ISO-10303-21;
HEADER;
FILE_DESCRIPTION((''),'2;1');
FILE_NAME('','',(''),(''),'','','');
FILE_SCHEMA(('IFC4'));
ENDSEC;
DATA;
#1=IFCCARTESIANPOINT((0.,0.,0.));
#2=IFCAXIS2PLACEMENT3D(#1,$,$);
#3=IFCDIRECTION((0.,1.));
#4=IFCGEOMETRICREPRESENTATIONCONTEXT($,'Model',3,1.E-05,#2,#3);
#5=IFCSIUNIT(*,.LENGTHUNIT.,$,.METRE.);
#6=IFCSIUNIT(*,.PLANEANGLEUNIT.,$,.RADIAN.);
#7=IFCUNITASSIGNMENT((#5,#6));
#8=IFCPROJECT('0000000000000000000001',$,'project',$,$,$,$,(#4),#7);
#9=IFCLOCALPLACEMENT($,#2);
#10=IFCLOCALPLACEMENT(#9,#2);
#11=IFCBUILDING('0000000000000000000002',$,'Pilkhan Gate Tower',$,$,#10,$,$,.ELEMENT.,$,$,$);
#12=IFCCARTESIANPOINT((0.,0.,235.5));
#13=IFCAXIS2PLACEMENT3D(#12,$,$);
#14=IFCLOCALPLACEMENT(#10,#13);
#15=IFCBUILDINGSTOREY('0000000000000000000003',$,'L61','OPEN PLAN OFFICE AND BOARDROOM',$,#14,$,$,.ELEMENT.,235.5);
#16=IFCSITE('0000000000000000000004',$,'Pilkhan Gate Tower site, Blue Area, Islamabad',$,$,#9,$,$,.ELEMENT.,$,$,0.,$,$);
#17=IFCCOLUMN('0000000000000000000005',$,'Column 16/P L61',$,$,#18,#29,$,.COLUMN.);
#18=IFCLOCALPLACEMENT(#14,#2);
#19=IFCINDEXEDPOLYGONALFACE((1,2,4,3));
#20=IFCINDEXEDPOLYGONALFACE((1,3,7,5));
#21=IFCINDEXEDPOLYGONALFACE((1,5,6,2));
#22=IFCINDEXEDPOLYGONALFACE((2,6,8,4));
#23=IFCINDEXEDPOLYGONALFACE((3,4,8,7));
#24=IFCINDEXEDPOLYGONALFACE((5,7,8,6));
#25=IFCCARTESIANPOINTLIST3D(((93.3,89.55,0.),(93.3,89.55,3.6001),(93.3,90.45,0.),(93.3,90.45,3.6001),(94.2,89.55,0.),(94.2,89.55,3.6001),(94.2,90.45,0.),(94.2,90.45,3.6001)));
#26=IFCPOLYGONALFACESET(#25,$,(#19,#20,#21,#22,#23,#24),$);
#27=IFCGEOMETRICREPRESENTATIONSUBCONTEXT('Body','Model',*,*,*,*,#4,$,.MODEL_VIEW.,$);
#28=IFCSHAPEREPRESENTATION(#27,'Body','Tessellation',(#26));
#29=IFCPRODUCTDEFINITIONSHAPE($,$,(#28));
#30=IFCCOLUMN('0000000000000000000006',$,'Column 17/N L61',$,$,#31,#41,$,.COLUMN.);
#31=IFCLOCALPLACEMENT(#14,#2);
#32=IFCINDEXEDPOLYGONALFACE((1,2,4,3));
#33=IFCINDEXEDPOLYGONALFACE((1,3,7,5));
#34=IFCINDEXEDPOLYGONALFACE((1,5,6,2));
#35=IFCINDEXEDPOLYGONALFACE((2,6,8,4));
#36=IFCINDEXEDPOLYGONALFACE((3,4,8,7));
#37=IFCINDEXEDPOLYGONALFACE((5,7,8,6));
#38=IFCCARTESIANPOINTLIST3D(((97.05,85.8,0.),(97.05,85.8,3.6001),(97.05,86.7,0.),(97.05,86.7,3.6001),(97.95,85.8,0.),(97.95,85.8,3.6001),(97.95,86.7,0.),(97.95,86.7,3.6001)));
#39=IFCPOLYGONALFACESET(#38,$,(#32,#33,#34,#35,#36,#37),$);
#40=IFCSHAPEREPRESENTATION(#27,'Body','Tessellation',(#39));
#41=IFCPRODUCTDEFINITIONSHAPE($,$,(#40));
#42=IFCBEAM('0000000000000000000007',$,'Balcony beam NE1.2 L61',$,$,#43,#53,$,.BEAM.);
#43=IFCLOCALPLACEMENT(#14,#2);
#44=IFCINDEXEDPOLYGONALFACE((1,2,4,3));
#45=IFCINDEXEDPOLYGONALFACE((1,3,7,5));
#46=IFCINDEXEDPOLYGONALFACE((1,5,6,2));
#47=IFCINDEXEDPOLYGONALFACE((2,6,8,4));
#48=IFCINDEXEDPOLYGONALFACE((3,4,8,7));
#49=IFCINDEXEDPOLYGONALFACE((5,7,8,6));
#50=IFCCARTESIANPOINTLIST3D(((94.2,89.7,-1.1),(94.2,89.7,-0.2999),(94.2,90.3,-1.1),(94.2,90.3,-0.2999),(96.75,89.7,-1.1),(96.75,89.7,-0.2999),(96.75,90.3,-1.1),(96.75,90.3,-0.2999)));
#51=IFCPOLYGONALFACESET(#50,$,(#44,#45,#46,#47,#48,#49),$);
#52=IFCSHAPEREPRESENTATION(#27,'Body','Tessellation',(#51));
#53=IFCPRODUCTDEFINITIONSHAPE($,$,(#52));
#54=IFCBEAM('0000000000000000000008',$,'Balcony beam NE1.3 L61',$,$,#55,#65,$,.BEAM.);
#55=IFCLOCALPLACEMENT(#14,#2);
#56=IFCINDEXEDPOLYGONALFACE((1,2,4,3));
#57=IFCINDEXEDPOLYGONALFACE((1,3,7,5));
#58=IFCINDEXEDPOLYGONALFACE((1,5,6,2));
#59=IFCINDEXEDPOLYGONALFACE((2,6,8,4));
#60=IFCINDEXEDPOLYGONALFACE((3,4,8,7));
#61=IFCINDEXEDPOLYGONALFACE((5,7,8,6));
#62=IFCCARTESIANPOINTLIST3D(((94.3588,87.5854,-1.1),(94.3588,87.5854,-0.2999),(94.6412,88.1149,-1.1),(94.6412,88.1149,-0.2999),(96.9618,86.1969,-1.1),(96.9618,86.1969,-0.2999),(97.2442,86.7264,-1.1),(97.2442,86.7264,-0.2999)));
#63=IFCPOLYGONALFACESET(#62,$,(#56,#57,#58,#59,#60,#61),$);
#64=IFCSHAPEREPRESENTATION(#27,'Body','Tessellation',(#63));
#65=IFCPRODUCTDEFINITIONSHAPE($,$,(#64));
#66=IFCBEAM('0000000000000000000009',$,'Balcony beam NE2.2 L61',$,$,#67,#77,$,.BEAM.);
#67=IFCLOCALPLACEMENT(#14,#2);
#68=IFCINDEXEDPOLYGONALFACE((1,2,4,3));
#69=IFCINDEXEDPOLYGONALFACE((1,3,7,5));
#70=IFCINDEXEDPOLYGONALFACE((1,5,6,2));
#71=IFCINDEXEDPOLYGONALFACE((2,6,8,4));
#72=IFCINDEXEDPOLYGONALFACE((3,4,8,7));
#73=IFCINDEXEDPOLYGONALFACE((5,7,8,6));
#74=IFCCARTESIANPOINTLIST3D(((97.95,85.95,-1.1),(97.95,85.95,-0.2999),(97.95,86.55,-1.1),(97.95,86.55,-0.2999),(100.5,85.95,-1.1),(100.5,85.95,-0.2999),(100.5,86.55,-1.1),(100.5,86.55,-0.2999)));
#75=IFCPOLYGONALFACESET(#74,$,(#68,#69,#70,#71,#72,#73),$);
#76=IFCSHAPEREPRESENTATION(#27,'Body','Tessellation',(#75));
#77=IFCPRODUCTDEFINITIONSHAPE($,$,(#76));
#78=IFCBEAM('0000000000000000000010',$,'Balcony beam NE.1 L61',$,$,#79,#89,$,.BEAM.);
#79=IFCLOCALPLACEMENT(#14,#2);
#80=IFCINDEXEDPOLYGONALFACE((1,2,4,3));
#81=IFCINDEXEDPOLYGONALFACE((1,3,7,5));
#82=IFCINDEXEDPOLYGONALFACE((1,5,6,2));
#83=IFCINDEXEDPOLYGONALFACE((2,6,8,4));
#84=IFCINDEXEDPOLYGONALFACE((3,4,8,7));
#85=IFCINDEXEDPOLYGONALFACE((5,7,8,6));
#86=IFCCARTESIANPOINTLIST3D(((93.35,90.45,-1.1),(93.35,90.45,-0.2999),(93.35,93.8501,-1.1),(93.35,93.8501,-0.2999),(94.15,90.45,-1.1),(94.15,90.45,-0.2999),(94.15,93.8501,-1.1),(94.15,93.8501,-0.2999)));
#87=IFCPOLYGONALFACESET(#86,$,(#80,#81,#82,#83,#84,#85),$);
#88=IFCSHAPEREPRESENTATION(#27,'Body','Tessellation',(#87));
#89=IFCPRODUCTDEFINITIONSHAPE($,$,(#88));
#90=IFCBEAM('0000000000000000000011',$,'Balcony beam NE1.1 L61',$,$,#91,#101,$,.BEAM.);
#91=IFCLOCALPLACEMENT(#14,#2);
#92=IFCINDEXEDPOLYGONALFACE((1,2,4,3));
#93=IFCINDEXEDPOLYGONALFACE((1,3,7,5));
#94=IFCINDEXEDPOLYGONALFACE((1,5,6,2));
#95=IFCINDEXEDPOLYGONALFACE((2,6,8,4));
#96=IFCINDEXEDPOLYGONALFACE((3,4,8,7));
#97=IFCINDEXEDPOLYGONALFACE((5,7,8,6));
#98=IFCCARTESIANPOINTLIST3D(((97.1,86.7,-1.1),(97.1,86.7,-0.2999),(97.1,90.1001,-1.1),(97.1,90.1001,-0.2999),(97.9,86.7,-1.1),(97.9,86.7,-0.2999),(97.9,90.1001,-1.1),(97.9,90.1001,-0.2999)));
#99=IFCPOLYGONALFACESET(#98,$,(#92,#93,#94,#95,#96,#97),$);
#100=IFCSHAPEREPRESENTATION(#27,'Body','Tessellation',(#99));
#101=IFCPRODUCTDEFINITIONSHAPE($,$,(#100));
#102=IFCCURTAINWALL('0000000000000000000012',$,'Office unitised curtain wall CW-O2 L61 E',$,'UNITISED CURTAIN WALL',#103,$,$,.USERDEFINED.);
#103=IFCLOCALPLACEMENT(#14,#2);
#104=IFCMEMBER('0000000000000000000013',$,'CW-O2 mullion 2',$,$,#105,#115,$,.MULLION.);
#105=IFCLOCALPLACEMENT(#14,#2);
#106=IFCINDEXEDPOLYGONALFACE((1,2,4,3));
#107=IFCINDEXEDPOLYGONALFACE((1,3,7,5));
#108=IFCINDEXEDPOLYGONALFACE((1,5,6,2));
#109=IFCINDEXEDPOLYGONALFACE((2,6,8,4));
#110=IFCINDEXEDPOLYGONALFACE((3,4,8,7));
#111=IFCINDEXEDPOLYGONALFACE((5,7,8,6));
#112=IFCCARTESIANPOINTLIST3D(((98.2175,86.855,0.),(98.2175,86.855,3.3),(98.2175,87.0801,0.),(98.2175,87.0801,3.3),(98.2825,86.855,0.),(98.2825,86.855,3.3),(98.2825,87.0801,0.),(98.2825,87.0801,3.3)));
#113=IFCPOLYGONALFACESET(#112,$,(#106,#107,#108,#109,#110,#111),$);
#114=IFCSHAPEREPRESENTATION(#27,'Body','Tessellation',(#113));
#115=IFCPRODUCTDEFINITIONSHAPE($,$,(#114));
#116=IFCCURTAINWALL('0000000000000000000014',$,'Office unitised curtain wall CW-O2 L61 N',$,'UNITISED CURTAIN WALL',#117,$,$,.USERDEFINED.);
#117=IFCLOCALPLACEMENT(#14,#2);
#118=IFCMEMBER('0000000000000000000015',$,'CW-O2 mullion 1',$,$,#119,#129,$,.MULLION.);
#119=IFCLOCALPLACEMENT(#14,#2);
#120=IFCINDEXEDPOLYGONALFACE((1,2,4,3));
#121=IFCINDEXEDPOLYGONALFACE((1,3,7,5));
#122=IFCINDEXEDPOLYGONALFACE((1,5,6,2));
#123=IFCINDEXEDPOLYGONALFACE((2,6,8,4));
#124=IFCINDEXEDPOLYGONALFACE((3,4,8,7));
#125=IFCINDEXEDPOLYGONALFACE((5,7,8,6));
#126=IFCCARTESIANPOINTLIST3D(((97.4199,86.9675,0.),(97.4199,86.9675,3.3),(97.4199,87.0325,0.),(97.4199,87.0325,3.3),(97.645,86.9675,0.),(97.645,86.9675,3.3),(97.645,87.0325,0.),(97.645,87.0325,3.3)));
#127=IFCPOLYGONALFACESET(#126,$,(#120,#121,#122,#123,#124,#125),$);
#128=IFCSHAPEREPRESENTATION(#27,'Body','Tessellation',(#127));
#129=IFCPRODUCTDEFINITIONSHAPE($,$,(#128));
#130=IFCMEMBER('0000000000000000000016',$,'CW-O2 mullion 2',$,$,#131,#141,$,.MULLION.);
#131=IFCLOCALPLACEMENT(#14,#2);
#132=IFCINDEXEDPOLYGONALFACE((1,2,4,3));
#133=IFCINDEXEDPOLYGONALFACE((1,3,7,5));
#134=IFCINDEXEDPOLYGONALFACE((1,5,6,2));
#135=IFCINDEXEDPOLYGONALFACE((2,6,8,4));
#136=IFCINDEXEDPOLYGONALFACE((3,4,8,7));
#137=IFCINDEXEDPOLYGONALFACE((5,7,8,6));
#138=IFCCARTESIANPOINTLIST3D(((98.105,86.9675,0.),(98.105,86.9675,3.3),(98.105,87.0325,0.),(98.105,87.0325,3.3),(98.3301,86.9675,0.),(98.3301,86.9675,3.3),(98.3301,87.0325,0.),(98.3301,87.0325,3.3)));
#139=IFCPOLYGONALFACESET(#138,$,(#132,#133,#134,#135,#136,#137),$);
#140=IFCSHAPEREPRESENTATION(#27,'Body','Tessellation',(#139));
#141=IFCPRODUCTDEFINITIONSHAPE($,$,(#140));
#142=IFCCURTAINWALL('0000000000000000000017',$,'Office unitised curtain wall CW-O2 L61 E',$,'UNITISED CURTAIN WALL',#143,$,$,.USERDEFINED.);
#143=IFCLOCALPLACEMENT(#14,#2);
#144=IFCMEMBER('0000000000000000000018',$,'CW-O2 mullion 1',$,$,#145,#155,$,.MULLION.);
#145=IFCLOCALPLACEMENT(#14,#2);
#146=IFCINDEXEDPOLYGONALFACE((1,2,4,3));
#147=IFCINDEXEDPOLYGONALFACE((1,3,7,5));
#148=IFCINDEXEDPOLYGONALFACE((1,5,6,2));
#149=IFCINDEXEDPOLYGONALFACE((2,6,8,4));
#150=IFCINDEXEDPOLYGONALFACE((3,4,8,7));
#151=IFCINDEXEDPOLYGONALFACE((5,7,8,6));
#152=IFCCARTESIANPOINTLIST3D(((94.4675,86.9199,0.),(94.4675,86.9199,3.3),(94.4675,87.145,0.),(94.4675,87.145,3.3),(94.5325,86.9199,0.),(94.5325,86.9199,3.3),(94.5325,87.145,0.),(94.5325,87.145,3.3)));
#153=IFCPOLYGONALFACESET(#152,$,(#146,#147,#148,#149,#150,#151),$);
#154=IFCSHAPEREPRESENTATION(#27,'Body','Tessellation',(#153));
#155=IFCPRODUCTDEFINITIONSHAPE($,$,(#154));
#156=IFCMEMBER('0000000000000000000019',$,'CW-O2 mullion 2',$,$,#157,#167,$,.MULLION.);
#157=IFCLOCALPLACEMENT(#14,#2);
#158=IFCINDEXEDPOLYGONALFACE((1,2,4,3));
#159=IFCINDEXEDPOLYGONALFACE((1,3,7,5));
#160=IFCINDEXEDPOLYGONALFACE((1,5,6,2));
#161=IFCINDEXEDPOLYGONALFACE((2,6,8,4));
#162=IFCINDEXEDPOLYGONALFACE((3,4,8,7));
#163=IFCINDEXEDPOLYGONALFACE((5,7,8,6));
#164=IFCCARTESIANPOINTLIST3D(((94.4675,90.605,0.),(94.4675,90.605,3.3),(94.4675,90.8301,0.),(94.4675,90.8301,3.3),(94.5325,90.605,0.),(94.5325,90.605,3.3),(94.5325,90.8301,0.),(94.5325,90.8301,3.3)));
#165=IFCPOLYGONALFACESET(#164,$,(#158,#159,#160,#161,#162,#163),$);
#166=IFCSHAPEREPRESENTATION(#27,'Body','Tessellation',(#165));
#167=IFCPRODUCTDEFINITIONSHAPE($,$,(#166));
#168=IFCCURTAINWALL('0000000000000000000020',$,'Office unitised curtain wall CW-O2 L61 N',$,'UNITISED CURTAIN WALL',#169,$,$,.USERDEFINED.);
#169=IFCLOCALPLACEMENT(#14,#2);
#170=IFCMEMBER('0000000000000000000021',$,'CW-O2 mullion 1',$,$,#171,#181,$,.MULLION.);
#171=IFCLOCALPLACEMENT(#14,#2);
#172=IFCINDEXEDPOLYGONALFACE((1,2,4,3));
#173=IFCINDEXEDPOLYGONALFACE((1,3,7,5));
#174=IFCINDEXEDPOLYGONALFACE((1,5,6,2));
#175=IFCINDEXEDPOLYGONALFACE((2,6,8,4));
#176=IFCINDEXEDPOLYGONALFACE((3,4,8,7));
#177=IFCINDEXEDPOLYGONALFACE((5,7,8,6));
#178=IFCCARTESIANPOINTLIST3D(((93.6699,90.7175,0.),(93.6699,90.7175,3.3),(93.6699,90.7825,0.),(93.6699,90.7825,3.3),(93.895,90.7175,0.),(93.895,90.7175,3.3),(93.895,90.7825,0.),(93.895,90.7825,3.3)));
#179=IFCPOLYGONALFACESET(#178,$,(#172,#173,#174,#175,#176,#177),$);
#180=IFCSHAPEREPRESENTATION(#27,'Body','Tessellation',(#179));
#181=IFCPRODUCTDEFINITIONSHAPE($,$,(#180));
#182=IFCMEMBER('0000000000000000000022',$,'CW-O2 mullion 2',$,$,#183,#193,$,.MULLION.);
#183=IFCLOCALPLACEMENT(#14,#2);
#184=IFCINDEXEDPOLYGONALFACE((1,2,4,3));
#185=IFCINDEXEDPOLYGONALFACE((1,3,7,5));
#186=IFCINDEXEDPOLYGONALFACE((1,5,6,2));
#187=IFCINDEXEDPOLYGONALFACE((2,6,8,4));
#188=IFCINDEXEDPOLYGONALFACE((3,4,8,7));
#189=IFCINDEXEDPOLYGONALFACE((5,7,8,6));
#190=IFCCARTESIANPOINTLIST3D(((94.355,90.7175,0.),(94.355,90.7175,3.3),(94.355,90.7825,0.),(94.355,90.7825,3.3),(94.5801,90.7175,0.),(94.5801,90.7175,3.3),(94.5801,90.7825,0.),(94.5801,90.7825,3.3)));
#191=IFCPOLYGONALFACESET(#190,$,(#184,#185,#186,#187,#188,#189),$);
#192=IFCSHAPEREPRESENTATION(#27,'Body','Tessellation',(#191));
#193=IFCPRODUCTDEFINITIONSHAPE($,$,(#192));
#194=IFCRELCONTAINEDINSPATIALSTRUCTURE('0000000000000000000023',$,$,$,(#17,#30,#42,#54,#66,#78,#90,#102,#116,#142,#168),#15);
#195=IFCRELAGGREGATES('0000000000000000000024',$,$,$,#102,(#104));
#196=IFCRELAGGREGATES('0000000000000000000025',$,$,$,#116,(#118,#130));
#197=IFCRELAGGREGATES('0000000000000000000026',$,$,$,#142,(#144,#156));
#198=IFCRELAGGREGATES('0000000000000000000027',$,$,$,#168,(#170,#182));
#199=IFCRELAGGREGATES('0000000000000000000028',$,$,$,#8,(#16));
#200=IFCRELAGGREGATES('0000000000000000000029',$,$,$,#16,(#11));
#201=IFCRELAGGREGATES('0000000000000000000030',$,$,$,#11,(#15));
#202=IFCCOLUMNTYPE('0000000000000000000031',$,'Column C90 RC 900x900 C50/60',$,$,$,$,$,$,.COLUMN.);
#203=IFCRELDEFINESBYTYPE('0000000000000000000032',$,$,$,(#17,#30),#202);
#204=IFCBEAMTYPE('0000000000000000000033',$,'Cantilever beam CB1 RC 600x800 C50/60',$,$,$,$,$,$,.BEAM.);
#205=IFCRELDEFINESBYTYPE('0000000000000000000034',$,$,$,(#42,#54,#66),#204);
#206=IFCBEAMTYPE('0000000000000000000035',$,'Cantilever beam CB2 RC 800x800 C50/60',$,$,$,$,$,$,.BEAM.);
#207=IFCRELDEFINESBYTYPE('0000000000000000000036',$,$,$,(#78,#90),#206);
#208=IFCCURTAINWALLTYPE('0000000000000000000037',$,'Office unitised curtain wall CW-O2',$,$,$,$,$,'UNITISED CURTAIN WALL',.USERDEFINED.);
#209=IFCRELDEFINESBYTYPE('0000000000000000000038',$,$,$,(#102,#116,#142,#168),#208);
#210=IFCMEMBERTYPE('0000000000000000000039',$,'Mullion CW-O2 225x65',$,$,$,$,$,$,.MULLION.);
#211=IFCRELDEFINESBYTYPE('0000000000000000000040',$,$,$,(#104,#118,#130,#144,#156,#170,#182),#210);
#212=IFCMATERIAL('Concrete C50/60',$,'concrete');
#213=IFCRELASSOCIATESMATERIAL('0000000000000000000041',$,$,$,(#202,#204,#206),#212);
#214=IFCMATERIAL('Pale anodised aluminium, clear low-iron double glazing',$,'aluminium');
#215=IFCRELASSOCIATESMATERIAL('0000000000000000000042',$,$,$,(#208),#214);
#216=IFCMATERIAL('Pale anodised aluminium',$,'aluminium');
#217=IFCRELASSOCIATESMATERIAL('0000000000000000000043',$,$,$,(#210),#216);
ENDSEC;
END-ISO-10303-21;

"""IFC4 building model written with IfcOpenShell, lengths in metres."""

from ifc_helpers import new_model, si_unit, direction, frame, origin, origin_2d, place, context, subcontext, project, spatial, rectangle, extrude, material, material_profile, profile_set, type_object, element, aggregate, save


model = new_model("IFC4")

# Units and contexts
model_context = context("Model", 3, precision=1e-05, world=origin(), true_north=direction((0.0, 1.0)))
body_context = subcontext(model_context, "Body", "Model", "MODEL_VIEW")
ifc_project = project(units=[si_unit("LENGTHUNIT", "METRE"), si_unit("PLANEANGLEUNIT", "RADIAN")], contexts=[model_context])

# Site, building, storey
site_placement = place(None, origin())
site = spatial("IfcSite", under=ifc_project, at=site_placement, Name="Pilkhan Gate Tower site, Blue Area, Islamabad", CompositionType="ELEMENT", RefElevation=0.0)
building_placement = place(site_placement, origin())
building = spatial("IfcBuilding", under=site, at=building_placement, Name="Pilkhan Gate Tower", CompositionType="ELEMENT")
storey_placement = place(building_placement, frame((0.0, 0.0, 235.5)))
storey = spatial("IfcBuildingStorey", under=building, at=storey_placement, Name="L61", Description="OPEN PLAN OFFICE AND BOARDROOM", CompositionType="ELEMENT", Elevation=235.5)

# Columns
ifc_material_1 = material(Name="Concrete C50/60", Category="concrete")
ifc_material_profile_1 = material_profile(ifc_material_1, rectangle(XDim=0.8999, YDim=0.8999, at=origin_2d()), Name="RC 900x900")
ifc_profile_set_1 = profile_set([ifc_material_profile_1], Name="Concrete C50/60")
column_type = type_object("IfcColumnType", Name="Column C90 RC 900x900 C50/60", PredefinedType="COLUMN", material=ifc_profile_set_1)
for number, where, z_axis, x_axis, name in (
    (1, (93.75, 90.0, 0.0), (0.0, 0.0, 1.0), (1.0, 0.0, 0.0), "Column 16/P L61"),
    (2, (97.5, 86.25, 0.0), (0.0, 0.0, 1.0), (1.0, 0.0, 0.0), "Column 17/N L61"),
):
    element("IfcColumn", number, at=place(storey_placement, frame(where, z_axis=z_axis, x_axis=x_axis)), inside=storey, type_object=column_type, Name=name, PredefinedType="COLUMN", context=body_context, shape_type="SweptSolid", body=[
        extrude(rectangle(XDim=0.8999, YDim=0.8999, at=origin_2d()), origin(), (0.0, 0.0, 1.0), 3.6001),
    ])

# Beams
ifc_material_profile_2 = material_profile(ifc_material_1, rectangle(XDim=0.6001, YDim=0.8, at=origin_2d()), Name="RC 600x800")
ifc_profile_set_2 = profile_set([ifc_material_profile_2], Name="Concrete C50/60")
beam_type_1 = type_object("IfcBeamType", Name="Cantilever beam CB1 RC 600x800 C50/60", PredefinedType="BEAM", material=ifc_profile_set_2)
beam_1_placement = place(storey_placement, frame((94.2, 90.0, -0.7), z_axis=(1.0, 0.0, 0.0), x_axis=(0.0, 1.0, 0.0)))
element("IfcBeam", 3, at=beam_1_placement, inside=storey, type_object=beam_type_1, Name="Balcony beam NE1.2 L61", PredefinedType="BEAM", context=body_context, shape_type="SweptSolid", body=[
    extrude(rectangle(XDim=0.6001, YDim=0.8, at=origin_2d()), origin(), (0.0, 0.0, 1.0), 2.55),
])
beam_2_placement = place(storey_placement, frame((97.103, 86.4617, -0.7), z_axis=(-0.882332, 0.470627, 0.0), x_axis=(-0.470627, -0.882332, 0.0)))
element("IfcBeam", 4, at=beam_2_placement, inside=storey, type_object=beam_type_1, Name="Balcony beam NE1.3 L61", PredefinedType="BEAM", context=body_context, shape_type="SweptSolid", body=[
    extrude(rectangle(XDim=0.6001, YDim=0.8, at=origin_2d()), origin(), (0.0, 0.0, 1.0), 2.9502),
])
beam_3_placement = place(storey_placement, frame((97.95, 86.25, -0.7), z_axis=(1.0, 0.0, 0.0), x_axis=(0.0, 1.0, 0.0)))
element("IfcBeam", 5, at=beam_3_placement, inside=storey, type_object=beam_type_1, Name="Balcony beam NE2.2 L61", PredefinedType="BEAM", context=body_context, shape_type="SweptSolid", body=[
    extrude(rectangle(XDim=0.6001, YDim=0.8, at=origin_2d()), origin(), (0.0, 0.0, 1.0), 2.55),
])
ifc_material_profile_3 = material_profile(ifc_material_1, rectangle(XDim=0.8, YDim=0.8, at=origin_2d()), Name="RC 800x800")
ifc_profile_set_3 = profile_set([ifc_material_profile_3], Name="Concrete C50/60")
beam_type_2 = type_object("IfcBeamType", Name="Cantilever beam CB2 RC 800x800 C50/60", PredefinedType="BEAM", material=ifc_profile_set_3)
for number, where, z_axis, x_axis, name in (
    (6, (93.75, 90.45, -0.7), (0.0, 1.0, 0.0), (-1.0, 0.0, 0.0), "Balcony beam NE.1 L61"),
    (7, (97.5, 86.7, -0.7), (0.0, 1.0, 0.0), (-1.0, 0.0, 0.0), "Balcony beam NE1.1 L61"),
):
    element("IfcBeam", number, at=place(storey_placement, frame(where, z_axis=z_axis, x_axis=x_axis)), inside=storey, type_object=beam_type_2, Name=name, PredefinedType="BEAM", context=body_context, shape_type="SweptSolid", body=[
        extrude(rectangle(XDim=0.8, YDim=0.8, at=origin_2d()), origin(), (0.0, 0.0, 1.0), 3.4001),
    ])

# Curtain wall, member
ifc_material_2 = material(Name="Pale anodised aluminium, clear low-iron double glazing", Category="aluminium")
curtain_wall_type = type_object("IfcCurtainWallType", Name="Office unitised curtain wall CW-O2", ElementType="UNITISED CURTAIN WALL", PredefinedType="USERDEFINED", material=ifc_material_2)
curtain_wall_1_placement = place(storey_placement, origin())
curtain_wall_1 = element("IfcCurtainWall", 8, at=curtain_wall_1_placement, inside=storey, type_object=curtain_wall_type, Name="Office unitised curtain wall CW-O2 L61 E", ObjectType="UNITISED CURTAIN WALL", PredefinedType="USERDEFINED")
ifc_material_3 = material(Name="Pale anodised aluminium", Category="aluminium")
ifc_material_profile_4 = material_profile(ifc_material_3, rectangle(XDim=0.0649, YDim=0.2251, at=origin_2d()), Name="Mullion 225x65")
ifc_profile_set_4 = profile_set([ifc_material_profile_4], Name="Pale anodised aluminium")
member_type_1 = type_object("IfcMemberType", Name="Mullion CW-O2 225x65", PredefinedType="MULLION", material=ifc_profile_set_4)
member_1_placement = place(storey_placement, frame((98.25, 86.9675, 0.0), z_axis=(0.0, 0.0, 1.0), x_axis=(-1.0, 0.0, 0.0)))
member_1 = element("IfcMember", 9, at=member_1_placement, type_object=member_type_1, Name="CW-O2 mullion 2", PredefinedType="MULLION", context=body_context, shape_type="SweptSolid", body=[
    extrude(rectangle(XDim=0.0649, YDim=0.2251, at=origin_2d()), origin(), (0.0, 0.0, 1.0), 3.3),
])
aggregate(curtain_wall_1, [member_1])

# Curtain walls, members
curtain_wall_2_placement = place(storey_placement, origin())
curtain_wall_2 = element("IfcCurtainWall", 10, at=curtain_wall_2_placement, inside=storey, type_object=curtain_wall_type, Name="Office unitised curtain wall CW-O2 L61 N", ObjectType="UNITISED CURTAIN WALL", PredefinedType="USERDEFINED")
member_2_placement = place(storey_placement, frame((97.5325, 87.0, 0.0), z_axis=(0.0, 0.0, 1.0), x_axis=(0.0, 1.0, 0.0)))
member_2 = element("IfcMember", 11, at=member_2_placement, type_object=member_type_1, Name="CW-O2 mullion 1", PredefinedType="MULLION", context=body_context, shape_type="SweptSolid", body=[
    extrude(rectangle(XDim=0.0649, YDim=0.2251, at=origin_2d()), origin(), (0.0, 0.0, 1.0), 3.3),
])
member_3_placement = place(storey_placement, frame((98.2175, 87.0, 0.0), z_axis=(0.0, 0.0, 1.0), x_axis=(0.0, 1.0, 0.0)))
member_3 = element("IfcMember", 12, at=member_3_placement, type_object=member_type_1, Name="CW-O2 mullion 2", PredefinedType="MULLION", context=body_context, shape_type="SweptSolid", body=[
    extrude(rectangle(XDim=0.0649, YDim=0.2251, at=origin_2d()), origin(), (0.0, 0.0, 1.0), 3.3),
])
curtain_wall_3_placement = place(storey_placement, origin())
curtain_wall_3 = element("IfcCurtainWall", 13, at=curtain_wall_3_placement, inside=storey, type_object=curtain_wall_type, Name="Office unitised curtain wall CW-O2 L61 E", ObjectType="UNITISED CURTAIN WALL", PredefinedType="USERDEFINED")
member_4_placement = place(storey_placement, frame((94.5, 87.0325, 0.0), z_axis=(0.0, 0.0, 1.0), x_axis=(-1.0, 0.0, 0.0)))
member_4 = element("IfcMember", 14, at=member_4_placement, type_object=member_type_1, Name="CW-O2 mullion 1", PredefinedType="MULLION", context=body_context, shape_type="SweptSolid", body=[
    extrude(rectangle(XDim=0.0649, YDim=0.2251, at=origin_2d()), origin(), (0.0, 0.0, 1.0), 3.3),
])
member_5_placement = place(storey_placement, frame((94.5, 90.7175, 0.0), z_axis=(0.0, 0.0, 1.0), x_axis=(-1.0, 0.0, 0.0)))
member_5 = element("IfcMember", 15, at=member_5_placement, type_object=member_type_1, Name="CW-O2 mullion 2", PredefinedType="MULLION", context=body_context, shape_type="SweptSolid", body=[
    extrude(rectangle(XDim=0.0649, YDim=0.2251, at=origin_2d()), origin(), (0.0, 0.0, 1.0), 3.3),
])
curtain_wall_4_placement = place(storey_placement, origin())
curtain_wall_4 = element("IfcCurtainWall", 16, at=curtain_wall_4_placement, inside=storey, type_object=curtain_wall_type, Name="Office unitised curtain wall CW-O2 L61 N", ObjectType="UNITISED CURTAIN WALL", PredefinedType="USERDEFINED")
member_6_placement = place(storey_placement, frame((93.7825, 90.75, 0.0), z_axis=(0.0, 0.0, 1.0), x_axis=(0.0, 1.0, 0.0)))
member_6 = element("IfcMember", 17, at=member_6_placement, type_object=member_type_1, Name="CW-O2 mullion 1", PredefinedType="MULLION", context=body_context, shape_type="SweptSolid", body=[
    extrude(rectangle(XDim=0.0649, YDim=0.2251, at=origin_2d()), origin(), (0.0, 0.0, 1.0), 3.3),
])
member_7_placement = place(storey_placement, frame((94.4675, 90.75, 0.0), z_axis=(0.0, 0.0, 1.0), x_axis=(0.0, 1.0, 0.0)))
member_7 = element("IfcMember", 18, at=member_7_placement, type_object=member_type_1, Name="CW-O2 mullion 2", PredefinedType="MULLION", context=body_context, shape_type="SweptSolid", body=[
    extrude(rectangle(XDim=0.0649, YDim=0.2251, at=origin_2d()), origin(), (0.0, 0.0, 1.0), 3.3),
])

aggregate(curtain_wall_2, [member_2, member_3])
aggregate(curtain_wall_3, [member_4, member_5])
aggregate(curtain_wall_4, [member_6, member_7])

save(model, "model.ifc")
